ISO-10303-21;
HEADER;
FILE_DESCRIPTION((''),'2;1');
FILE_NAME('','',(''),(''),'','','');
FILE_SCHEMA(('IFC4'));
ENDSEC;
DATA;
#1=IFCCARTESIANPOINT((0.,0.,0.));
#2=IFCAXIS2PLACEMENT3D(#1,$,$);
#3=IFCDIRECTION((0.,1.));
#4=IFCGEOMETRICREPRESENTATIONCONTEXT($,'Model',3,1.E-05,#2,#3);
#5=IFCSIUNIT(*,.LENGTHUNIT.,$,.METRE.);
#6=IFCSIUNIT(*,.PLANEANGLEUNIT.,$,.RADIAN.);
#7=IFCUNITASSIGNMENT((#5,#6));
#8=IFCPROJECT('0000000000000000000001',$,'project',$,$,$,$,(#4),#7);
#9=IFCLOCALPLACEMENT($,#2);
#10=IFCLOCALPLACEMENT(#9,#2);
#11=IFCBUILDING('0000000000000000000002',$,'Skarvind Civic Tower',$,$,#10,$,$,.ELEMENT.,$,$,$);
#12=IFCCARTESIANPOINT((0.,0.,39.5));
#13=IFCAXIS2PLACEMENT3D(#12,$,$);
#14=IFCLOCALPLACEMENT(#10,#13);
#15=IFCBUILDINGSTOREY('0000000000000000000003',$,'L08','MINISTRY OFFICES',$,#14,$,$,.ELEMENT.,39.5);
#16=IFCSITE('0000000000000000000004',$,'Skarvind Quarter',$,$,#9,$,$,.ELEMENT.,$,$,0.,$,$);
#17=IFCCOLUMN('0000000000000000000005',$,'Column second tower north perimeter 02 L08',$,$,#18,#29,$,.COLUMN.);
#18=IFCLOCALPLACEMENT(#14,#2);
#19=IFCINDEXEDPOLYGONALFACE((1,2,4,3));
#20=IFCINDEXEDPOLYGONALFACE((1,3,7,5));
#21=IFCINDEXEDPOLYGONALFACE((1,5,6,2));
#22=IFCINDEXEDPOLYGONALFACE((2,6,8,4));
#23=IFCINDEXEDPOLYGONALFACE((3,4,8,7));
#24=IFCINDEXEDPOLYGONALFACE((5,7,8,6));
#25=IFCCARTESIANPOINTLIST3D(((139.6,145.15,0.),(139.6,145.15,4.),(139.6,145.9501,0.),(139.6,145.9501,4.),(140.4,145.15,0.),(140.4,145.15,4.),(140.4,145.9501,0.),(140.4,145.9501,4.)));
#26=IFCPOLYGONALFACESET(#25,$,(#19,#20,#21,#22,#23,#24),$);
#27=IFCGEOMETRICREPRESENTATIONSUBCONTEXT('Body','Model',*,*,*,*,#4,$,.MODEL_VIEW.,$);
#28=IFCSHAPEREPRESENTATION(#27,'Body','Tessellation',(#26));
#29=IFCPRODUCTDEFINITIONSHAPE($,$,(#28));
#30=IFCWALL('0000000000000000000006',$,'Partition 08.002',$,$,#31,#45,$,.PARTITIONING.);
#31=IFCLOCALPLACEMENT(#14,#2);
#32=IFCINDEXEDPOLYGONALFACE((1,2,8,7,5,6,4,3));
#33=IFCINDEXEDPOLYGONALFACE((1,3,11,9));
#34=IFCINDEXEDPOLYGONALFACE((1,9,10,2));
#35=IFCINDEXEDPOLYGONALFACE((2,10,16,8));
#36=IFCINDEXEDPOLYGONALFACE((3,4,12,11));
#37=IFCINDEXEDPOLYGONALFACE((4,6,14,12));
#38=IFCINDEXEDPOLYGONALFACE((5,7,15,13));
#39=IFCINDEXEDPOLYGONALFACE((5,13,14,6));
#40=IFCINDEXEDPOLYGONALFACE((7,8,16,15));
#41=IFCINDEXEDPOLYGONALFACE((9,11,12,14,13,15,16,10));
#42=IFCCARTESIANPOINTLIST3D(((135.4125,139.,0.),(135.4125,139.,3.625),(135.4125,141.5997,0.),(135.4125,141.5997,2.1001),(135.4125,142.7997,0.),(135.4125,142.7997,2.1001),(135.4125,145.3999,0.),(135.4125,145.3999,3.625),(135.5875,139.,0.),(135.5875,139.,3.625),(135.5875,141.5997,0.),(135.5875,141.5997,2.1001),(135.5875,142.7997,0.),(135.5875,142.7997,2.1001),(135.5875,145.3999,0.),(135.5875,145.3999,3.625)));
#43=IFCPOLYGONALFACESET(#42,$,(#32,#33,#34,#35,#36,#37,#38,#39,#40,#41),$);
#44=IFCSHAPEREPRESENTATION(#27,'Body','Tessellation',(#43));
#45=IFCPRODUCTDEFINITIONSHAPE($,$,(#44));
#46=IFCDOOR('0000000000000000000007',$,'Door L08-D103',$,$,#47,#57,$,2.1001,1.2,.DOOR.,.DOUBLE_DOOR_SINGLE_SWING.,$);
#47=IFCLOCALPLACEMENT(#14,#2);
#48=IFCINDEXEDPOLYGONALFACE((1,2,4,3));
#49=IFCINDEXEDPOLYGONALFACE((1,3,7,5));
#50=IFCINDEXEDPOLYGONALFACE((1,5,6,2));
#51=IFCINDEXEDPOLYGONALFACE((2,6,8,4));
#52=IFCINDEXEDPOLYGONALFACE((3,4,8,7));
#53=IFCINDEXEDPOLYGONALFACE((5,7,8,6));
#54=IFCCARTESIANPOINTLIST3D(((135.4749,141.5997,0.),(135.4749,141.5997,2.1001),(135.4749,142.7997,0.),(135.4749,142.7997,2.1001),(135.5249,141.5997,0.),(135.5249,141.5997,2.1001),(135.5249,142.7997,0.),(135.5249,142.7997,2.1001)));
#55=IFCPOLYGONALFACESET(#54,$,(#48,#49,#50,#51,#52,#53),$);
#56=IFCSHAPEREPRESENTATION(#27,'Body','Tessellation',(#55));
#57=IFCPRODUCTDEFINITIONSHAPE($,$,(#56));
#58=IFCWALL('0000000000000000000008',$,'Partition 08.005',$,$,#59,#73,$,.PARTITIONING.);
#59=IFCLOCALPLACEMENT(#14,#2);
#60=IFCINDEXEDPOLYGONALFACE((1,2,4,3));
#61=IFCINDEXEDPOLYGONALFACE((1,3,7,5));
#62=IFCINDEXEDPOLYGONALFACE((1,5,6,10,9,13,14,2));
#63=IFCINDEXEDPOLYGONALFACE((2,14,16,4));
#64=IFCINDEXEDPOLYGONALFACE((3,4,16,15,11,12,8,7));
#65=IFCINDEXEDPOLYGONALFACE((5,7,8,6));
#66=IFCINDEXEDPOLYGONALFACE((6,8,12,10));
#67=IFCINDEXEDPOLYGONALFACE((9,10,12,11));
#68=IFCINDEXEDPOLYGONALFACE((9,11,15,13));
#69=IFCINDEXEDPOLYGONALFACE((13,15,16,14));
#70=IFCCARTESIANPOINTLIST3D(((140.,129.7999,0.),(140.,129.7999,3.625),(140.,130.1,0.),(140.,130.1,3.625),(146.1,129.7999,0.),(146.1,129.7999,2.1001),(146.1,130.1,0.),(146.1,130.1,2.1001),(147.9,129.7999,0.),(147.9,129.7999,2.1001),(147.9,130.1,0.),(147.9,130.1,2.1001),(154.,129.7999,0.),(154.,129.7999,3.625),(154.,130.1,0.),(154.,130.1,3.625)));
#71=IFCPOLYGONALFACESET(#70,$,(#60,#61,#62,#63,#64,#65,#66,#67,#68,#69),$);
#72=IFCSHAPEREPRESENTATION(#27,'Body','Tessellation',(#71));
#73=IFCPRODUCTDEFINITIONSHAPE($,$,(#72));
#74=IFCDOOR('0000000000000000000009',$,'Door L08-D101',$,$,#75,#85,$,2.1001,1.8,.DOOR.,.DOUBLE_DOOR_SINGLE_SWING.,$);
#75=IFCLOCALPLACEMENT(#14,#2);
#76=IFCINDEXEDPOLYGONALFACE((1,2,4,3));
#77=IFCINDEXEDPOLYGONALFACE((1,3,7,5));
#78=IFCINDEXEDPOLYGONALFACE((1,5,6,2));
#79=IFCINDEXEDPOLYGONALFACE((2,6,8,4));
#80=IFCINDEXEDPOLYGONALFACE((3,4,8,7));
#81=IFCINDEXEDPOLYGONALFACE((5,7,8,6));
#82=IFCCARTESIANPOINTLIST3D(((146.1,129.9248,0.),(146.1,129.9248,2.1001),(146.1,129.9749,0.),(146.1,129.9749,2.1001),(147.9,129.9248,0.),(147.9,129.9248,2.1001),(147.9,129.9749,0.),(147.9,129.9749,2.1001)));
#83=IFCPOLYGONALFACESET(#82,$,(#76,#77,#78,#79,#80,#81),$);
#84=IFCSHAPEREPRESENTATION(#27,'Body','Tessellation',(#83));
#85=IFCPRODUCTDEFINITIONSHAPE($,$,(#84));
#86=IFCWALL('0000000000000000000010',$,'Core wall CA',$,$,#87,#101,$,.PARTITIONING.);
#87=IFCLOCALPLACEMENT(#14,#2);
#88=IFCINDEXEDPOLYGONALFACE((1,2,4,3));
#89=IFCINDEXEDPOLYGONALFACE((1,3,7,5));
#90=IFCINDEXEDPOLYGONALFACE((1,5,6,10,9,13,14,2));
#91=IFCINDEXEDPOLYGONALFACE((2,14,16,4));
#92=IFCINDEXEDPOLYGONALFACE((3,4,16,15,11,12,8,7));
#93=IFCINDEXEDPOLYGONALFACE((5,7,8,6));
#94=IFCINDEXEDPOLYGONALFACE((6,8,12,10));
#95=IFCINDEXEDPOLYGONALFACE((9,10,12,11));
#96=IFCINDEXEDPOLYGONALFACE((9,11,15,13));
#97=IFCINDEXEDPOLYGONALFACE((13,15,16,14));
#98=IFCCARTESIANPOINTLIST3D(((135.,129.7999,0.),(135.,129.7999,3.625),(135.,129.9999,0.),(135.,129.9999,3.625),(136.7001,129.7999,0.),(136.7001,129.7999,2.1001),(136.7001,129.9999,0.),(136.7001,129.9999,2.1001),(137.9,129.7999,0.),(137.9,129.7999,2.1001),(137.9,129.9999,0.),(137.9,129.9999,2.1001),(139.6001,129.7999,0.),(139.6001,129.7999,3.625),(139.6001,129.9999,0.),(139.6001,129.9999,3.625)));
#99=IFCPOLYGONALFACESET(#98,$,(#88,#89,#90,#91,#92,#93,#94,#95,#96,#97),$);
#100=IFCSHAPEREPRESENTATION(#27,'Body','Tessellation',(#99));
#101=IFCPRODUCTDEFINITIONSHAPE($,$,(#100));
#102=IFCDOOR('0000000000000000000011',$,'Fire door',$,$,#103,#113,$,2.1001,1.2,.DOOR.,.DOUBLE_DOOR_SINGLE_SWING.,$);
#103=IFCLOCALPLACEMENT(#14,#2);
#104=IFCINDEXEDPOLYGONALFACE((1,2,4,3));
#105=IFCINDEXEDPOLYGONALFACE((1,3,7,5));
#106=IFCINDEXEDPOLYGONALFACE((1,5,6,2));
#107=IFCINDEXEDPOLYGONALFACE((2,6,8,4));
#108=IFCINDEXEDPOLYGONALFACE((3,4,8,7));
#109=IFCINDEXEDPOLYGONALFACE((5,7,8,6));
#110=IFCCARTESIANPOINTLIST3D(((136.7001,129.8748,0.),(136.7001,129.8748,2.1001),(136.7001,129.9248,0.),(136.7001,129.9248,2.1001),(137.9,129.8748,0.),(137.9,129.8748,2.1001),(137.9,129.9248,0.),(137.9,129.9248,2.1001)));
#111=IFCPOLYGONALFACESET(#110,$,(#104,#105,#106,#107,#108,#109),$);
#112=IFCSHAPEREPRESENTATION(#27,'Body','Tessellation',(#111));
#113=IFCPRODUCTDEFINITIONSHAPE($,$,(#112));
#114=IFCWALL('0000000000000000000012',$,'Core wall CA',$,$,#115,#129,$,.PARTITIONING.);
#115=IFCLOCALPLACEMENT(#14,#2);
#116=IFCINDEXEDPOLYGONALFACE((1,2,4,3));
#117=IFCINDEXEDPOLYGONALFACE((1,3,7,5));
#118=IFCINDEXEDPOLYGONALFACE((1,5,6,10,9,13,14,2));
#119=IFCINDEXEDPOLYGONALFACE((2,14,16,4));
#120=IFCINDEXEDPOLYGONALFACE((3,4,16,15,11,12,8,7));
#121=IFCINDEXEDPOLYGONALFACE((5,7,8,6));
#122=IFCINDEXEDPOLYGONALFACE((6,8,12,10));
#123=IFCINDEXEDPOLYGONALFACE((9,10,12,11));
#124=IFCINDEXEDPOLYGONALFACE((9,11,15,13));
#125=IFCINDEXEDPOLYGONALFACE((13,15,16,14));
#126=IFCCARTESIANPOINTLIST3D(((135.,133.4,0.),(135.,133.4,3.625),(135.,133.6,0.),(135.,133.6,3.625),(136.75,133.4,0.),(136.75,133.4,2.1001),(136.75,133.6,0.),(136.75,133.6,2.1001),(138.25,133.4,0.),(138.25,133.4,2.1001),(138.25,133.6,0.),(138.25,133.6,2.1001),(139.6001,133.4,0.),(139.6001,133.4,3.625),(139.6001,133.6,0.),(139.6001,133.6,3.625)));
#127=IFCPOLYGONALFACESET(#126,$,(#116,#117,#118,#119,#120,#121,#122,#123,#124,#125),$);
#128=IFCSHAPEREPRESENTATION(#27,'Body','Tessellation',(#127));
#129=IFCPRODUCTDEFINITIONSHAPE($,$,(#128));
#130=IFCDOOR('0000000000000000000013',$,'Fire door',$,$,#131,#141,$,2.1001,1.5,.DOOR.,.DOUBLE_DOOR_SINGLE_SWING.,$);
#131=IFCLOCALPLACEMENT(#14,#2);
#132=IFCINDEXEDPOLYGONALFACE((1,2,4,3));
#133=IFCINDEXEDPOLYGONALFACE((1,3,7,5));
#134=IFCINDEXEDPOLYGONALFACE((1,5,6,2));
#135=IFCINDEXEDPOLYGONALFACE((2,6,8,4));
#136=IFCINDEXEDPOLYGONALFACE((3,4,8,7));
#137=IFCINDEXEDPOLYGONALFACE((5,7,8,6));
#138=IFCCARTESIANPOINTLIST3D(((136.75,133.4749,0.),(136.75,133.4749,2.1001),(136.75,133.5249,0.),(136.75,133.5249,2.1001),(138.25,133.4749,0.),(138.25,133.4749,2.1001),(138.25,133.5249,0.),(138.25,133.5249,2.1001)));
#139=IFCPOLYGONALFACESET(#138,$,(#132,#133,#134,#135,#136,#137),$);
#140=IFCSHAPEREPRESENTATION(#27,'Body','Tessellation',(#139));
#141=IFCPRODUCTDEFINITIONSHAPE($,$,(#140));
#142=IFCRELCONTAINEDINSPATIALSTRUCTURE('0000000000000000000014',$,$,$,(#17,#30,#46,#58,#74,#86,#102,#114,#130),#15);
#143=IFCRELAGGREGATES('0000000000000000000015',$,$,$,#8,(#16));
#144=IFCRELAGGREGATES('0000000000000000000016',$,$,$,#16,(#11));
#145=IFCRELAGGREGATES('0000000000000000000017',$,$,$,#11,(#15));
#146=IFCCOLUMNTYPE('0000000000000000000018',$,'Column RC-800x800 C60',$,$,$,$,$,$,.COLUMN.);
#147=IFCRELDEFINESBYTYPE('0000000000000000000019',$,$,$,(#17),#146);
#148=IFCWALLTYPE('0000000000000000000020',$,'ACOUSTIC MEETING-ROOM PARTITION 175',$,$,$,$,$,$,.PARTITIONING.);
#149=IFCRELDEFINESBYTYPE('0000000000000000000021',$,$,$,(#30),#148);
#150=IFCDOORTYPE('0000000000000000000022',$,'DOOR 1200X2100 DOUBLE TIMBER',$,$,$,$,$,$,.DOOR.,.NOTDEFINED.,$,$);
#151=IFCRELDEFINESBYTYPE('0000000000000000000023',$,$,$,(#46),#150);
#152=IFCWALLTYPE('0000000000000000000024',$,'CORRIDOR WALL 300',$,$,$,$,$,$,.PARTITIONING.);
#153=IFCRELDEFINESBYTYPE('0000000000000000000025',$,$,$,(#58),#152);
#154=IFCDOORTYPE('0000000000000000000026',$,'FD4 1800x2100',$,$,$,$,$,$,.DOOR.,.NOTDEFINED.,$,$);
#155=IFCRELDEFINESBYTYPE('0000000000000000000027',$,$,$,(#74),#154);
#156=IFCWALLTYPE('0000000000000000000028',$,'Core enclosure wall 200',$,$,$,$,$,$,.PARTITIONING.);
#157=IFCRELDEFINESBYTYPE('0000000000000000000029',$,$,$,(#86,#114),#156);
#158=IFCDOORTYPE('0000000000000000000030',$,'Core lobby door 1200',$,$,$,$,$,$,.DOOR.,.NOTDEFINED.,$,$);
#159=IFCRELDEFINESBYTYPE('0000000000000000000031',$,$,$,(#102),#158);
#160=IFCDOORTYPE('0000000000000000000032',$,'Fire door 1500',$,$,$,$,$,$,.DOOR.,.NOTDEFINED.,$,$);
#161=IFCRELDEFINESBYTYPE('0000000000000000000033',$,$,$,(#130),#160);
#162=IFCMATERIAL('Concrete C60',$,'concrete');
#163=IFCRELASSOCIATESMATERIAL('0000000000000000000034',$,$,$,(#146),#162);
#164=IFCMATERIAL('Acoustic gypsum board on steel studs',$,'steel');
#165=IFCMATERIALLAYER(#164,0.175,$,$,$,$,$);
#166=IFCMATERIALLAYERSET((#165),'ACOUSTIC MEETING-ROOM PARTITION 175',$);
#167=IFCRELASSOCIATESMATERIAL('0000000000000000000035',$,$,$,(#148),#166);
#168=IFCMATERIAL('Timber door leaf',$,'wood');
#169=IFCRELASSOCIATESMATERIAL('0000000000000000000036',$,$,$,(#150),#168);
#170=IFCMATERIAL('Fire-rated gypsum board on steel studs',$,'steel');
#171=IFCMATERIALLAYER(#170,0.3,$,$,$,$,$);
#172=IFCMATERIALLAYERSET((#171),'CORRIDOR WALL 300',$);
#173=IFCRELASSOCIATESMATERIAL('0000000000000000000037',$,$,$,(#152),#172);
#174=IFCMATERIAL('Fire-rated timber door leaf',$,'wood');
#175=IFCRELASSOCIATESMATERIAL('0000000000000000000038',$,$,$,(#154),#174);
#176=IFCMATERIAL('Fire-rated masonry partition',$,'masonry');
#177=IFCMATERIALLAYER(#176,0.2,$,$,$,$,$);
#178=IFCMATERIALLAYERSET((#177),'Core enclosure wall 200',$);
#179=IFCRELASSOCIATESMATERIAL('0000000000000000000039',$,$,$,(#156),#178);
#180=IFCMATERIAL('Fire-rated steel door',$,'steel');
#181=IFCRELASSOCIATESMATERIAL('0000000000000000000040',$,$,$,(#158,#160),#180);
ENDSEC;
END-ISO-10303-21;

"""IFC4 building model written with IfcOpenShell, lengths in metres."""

from ifc_helpers import new_model, si_unit, direction, frame, frame_2d, origin, origin_2d, place, context, subcontext, project, spatial, rectangle, extrude, material, layer, layer_set, material_profile, profile_set, type_object, element, fill, save


model = new_model("IFC4")

# Units and contexts
model_context = context("Model", 3, precision=1e-05, world=origin(), true_north=direction((0.0, 1.0)))
body_context = subcontext(model_context, "Body", "Model", "MODEL_VIEW")
ifc_project = project(units=[si_unit("LENGTHUNIT", "METRE"), si_unit("PLANEANGLEUNIT", "RADIAN")], contexts=[model_context])

# Site, building, storey
site_placement = place(None, origin())
site = spatial("IfcSite", under=ifc_project, at=site_placement, Name="Skarvind Quarter", CompositionType="ELEMENT", RefElevation=0.0)
building_placement = place(site_placement, origin())
building = spatial("IfcBuilding", under=site, at=building_placement, Name="Skarvind Civic Tower", CompositionType="ELEMENT")
storey_placement = place(building_placement, frame((0.0, 0.0, 39.5)))
storey = spatial("IfcBuildingStorey", under=building, at=storey_placement, Name="L08", Description="MINISTRY OFFICES", CompositionType="ELEMENT", Elevation=39.5)

# Column
ifc_material_1 = material(Name="Concrete C60", Category="concrete")
ifc_material_profile = material_profile(ifc_material_1, rectangle(XDim=0.8, YDim=0.8, at=origin_2d()), Name="RC-800x800")
ifc_profile_set = profile_set([ifc_material_profile], Name="Concrete C60")
column_type = type_object("IfcColumnType", Name="Column RC-800x800 C60", PredefinedType="COLUMN", material=ifc_profile_set)
column_placement = place(storey_placement, frame((140.0, 145.55, 0.0), z_axis=(0.0, 0.0, 1.0), x_axis=(1.0, 0.0, 0.0)))
element("IfcColumn", 1, at=column_placement, inside=storey, type_object=column_type, Name="Column second tower north perimeter 02 L08", PredefinedType="COLUMN", context=body_context, shape_type="SweptSolid", body=[
    extrude(rectangle(XDim=0.8, YDim=0.8, at=origin_2d()), origin(), (0.0, 0.0, 1.0), 4.0),
])

# Walls, openings, doors
ifc_material_2 = material(Name="Acoustic gypsum board on steel studs", Category="steel")
ifc_layer_1 = layer(ifc_material_2, 0.175)
ifc_layer_set_1 = layer_set([ifc_layer_1], Name="ACOUSTIC MEETING-ROOM PARTITION 175")
wall_type_1 = type_object("IfcWallType", Name="ACOUSTIC MEETING-ROOM PARTITION 175", PredefinedType="PARTITIONING", material=ifc_layer_set_1)
wall_1_placement = place(storey_placement, frame((135.5, 145.3999, 0.0), z_axis=(0.0, 0.0, 1.0), x_axis=(0.0, -1.0, 0.0)))
wall_1 = element("IfcWall", 2, at=wall_1_placement, inside=storey, type_object=wall_type_1, Name="Partition 08.002", PredefinedType="PARTITIONING", context=body_context, shape_type="SweptSolid", body=[
    extrude(rectangle(XDim=6.3999, YDim=0.175, at=frame_2d((3.2, 0.0))), origin(), (0.0, 0.0, 1.0), 3.625),
])
opening_1_placement = place(wall_1_placement, frame((2.6001, 0.0, 0.0)))
opening_1 = element("IfcOpeningElement", 3, at=opening_1_placement, cuts=wall_1, PredefinedType="OPENING", context=body_context, shape_type="SweptSolid", body=[
    extrude(rectangle(XDim=1.2, YDim=2.1001, at=frame_2d((0.6001, 1.05))), frame((0.0, 0.0974, 0.0), z_axis=(0.0, -1.0, 0.0), x_axis=(1.0, 0.0, 0.0)), (0.0, 0.0, 1.0), 0.1951),
])
ifc_material_3 = material(Name="Timber door leaf", Category="wood")
door_type_1 = type_object("IfcDoorType", Name="DOOR 1200X2100 DOUBLE TIMBER", OperationType="NOTDEFINED", PredefinedType="DOOR", material=ifc_material_3)
door_1_placement = place(opening_1_placement, origin())
door_1 = element("IfcDoor", 4, at=door_1_placement, inside=storey, type_object=door_type_1, Name="Door L08-D103", OperationType="DOUBLE_DOOR_SINGLE_SWING", OverallHeight=2.1001, OverallWidth=1.2, PredefinedType="DOOR", context=body_context, shape_type="SweptSolid", body=[
    extrude(rectangle(XDim=1.2, YDim=2.1001, at=frame_2d((0.6001, 1.05))), frame((0.0, 0.0249, 0.0), z_axis=(0.0, -1.0, 0.0), x_axis=(1.0, 0.0, 0.0)), (0.0, 0.0, 1.0), 0.05),
])
fill(opening_1, door_1)
ifc_material_4 = material(Name="Fire-rated gypsum board on steel studs", Category="steel")
ifc_layer_2 = layer(ifc_material_4, 0.3)
ifc_layer_set_2 = layer_set([ifc_layer_2], Name="CORRIDOR WALL 300")
wall_type_2 = type_object("IfcWallType", Name="CORRIDOR WALL 300", PredefinedType="PARTITIONING", material=ifc_layer_set_2)
wall_2_placement = place(storey_placement, frame((140.0, 129.95, 0.0), z_axis=(0.0, 0.0, 1.0), x_axis=(1.0, 0.0, 0.0)))
wall_2 = element("IfcWall", 5, at=wall_2_placement, inside=storey, type_object=wall_type_2, Name="Partition 08.005", PredefinedType="PARTITIONING", context=body_context, shape_type="SweptSolid", body=[
    extrude(rectangle(XDim=14.0, YDim=0.3, at=frame_2d((7.0, 0.0))), origin(), (0.0, 0.0, 1.0), 3.625),
])
opening_2_placement = place(wall_2_placement, frame((6.1001, 0.0, 0.0)))
opening_2 = element("IfcOpeningElement", 6, at=opening_2_placement, cuts=wall_2, PredefinedType="OPENING", context=body_context, shape_type="SweptSolid", body=[
    extrude(rectangle(XDim=1.8, YDim=2.1001, at=frame_2d((0.8999, 1.05))), frame((0.0, 0.1599, 0.0), z_axis=(0.0, -1.0, 0.0), x_axis=(1.0, 0.0, 0.0)), (0.0, 0.0, 1.0), 0.3201),
])
ifc_material_5 = material(Name="Fire-rated timber door leaf", Category="wood")
door_type_2 = type_object("IfcDoorType", Name="FD4 1800x2100", OperationType="NOTDEFINED", PredefinedType="DOOR", material=ifc_material_5)
door_2_placement = place(opening_2_placement, origin())
door_2 = element("IfcDoor", 7, at=door_2_placement, inside=storey, type_object=door_type_2, Name="Door L08-D101", OperationType="DOUBLE_DOOR_SINGLE_SWING", OverallHeight=2.1001, OverallWidth=1.8, PredefinedType="DOOR", context=body_context, shape_type="SweptSolid", body=[
    extrude(rectangle(XDim=1.8, YDim=2.1001, at=frame_2d((0.8999, 1.05))), frame((0.0, 0.0249, 0.0), z_axis=(0.0, -1.0, 0.0), x_axis=(1.0, 0.0, 0.0)), (0.0, 0.0, 1.0), 0.05),
])
fill(opening_2, door_2)
ifc_material_6 = material(Name="Fire-rated masonry partition", Category="masonry")
ifc_layer_3 = layer(ifc_material_6, 0.2)
ifc_layer_set_3 = layer_set([ifc_layer_3], Name="Core enclosure wall 200")
wall_type_3 = type_object("IfcWallType", Name="Core enclosure wall 200", PredefinedType="PARTITIONING", material=ifc_layer_set_3)
wall_3_placement = place(storey_placement, frame((135.0, 129.8999, 0.0), z_axis=(0.0, 0.0, 1.0), x_axis=(1.0, 0.0, 0.0)))
wall_3 = element("IfcWall", 8, at=wall_3_placement, inside=storey, type_object=wall_type_3, Name="Core wall CA", PredefinedType="PARTITIONING", context=body_context, shape_type="SweptSolid", body=[
    extrude(rectangle(XDim=4.6001, YDim=0.2, at=frame_2d((2.3, 0.0))), origin(), (0.0, 0.0, 1.0), 3.625),
])
opening_3_placement = place(wall_3_placement, frame((1.7, 0.0, 0.0)))
opening_3 = element("IfcOpeningElement", 9, at=opening_3_placement, cuts=wall_3, PredefinedType="OPENING", context=body_context, shape_type="SweptSolid", body=[
    extrude(rectangle(XDim=1.2, YDim=2.1001, at=frame_2d((0.6001, 1.05))), frame((0.0, 0.1099, 0.0), z_axis=(0.0, -1.0, 0.0), x_axis=(1.0, 0.0, 0.0)), (0.0, 0.0, 1.0), 0.22),
])
ifc_material_7 = material(Name="Fire-rated steel door", Category="steel")
door_type_3 = type_object("IfcDoorType", Name="Core lobby door 1200", OperationType="NOTDEFINED", PredefinedType="DOOR", material=ifc_material_7)
door_3_placement = place(opening_3_placement, origin())
door_3 = element("IfcDoor", 10, at=door_3_placement, inside=storey, type_object=door_type_3, Name="Fire door", OperationType="DOUBLE_DOOR_SINGLE_SWING", OverallHeight=2.1001, OverallWidth=1.2, PredefinedType="DOOR", context=body_context, shape_type="SweptSolid", body=[
    extrude(rectangle(XDim=1.2, YDim=2.1001, at=frame_2d((0.6001, 1.05))), frame((0.0, 0.0249, 0.0), z_axis=(0.0, -1.0, 0.0), x_axis=(1.0, 0.0, 0.0)), (0.0, 0.0, 1.0), 0.05),
])
fill(opening_3, door_3)
wall_4_placement = place(storey_placement, frame((135.0, 133.5, 0.0), z_axis=(0.0, 0.0, 1.0), x_axis=(1.0, 0.0, 0.0)))
wall_4 = element("IfcWall", 11, at=wall_4_placement, inside=storey, type_object=wall_type_3, Name="Core wall CA", PredefinedType="PARTITIONING", context=body_context, shape_type="SweptSolid", body=[
    extrude(rectangle(XDim=4.6001, YDim=0.2, at=frame_2d((2.3, 0.0))), origin(), (0.0, 0.0, 1.0), 3.625),
])
opening_4_placement = place(wall_4_placement, frame((1.75, 0.0, 0.0)))
opening_4 = element("IfcOpeningElement", 12, at=opening_4_placement, cuts=wall_4, PredefinedType="OPENING", context=body_context, shape_type="SweptSolid", body=[
    extrude(rectangle(XDim=1.5, YDim=2.1001, at=frame_2d((0.75, 1.05))), frame((0.0, 0.1099, 0.0), z_axis=(0.0, -1.0, 0.0), x_axis=(1.0, 0.0, 0.0)), (0.0, 0.0, 1.0), 0.22),
])
door_type_4 = type_object("IfcDoorType", Name="Fire door 1500", OperationType="NOTDEFINED", PredefinedType="DOOR", material=ifc_material_7)
door_4_placement = place(opening_4_placement, origin())
door_4 = element("IfcDoor", 13, at=door_4_placement, inside=storey, type_object=door_type_4, Name="Fire door", OperationType="DOUBLE_DOOR_SINGLE_SWING", OverallHeight=2.1001, OverallWidth=1.5, PredefinedType="DOOR", context=body_context, shape_type="SweptSolid", body=[
    extrude(rectangle(XDim=1.5, YDim=2.1001, at=frame_2d((0.75, 1.05))), frame((0.0, 0.0249, 0.0), z_axis=(0.0, -1.0, 0.0), x_axis=(1.0, 0.0, 0.0)), (0.0, 0.0, 1.0), 0.05),
])
fill(opening_4, door_4)

save(model, "model.ifc")
